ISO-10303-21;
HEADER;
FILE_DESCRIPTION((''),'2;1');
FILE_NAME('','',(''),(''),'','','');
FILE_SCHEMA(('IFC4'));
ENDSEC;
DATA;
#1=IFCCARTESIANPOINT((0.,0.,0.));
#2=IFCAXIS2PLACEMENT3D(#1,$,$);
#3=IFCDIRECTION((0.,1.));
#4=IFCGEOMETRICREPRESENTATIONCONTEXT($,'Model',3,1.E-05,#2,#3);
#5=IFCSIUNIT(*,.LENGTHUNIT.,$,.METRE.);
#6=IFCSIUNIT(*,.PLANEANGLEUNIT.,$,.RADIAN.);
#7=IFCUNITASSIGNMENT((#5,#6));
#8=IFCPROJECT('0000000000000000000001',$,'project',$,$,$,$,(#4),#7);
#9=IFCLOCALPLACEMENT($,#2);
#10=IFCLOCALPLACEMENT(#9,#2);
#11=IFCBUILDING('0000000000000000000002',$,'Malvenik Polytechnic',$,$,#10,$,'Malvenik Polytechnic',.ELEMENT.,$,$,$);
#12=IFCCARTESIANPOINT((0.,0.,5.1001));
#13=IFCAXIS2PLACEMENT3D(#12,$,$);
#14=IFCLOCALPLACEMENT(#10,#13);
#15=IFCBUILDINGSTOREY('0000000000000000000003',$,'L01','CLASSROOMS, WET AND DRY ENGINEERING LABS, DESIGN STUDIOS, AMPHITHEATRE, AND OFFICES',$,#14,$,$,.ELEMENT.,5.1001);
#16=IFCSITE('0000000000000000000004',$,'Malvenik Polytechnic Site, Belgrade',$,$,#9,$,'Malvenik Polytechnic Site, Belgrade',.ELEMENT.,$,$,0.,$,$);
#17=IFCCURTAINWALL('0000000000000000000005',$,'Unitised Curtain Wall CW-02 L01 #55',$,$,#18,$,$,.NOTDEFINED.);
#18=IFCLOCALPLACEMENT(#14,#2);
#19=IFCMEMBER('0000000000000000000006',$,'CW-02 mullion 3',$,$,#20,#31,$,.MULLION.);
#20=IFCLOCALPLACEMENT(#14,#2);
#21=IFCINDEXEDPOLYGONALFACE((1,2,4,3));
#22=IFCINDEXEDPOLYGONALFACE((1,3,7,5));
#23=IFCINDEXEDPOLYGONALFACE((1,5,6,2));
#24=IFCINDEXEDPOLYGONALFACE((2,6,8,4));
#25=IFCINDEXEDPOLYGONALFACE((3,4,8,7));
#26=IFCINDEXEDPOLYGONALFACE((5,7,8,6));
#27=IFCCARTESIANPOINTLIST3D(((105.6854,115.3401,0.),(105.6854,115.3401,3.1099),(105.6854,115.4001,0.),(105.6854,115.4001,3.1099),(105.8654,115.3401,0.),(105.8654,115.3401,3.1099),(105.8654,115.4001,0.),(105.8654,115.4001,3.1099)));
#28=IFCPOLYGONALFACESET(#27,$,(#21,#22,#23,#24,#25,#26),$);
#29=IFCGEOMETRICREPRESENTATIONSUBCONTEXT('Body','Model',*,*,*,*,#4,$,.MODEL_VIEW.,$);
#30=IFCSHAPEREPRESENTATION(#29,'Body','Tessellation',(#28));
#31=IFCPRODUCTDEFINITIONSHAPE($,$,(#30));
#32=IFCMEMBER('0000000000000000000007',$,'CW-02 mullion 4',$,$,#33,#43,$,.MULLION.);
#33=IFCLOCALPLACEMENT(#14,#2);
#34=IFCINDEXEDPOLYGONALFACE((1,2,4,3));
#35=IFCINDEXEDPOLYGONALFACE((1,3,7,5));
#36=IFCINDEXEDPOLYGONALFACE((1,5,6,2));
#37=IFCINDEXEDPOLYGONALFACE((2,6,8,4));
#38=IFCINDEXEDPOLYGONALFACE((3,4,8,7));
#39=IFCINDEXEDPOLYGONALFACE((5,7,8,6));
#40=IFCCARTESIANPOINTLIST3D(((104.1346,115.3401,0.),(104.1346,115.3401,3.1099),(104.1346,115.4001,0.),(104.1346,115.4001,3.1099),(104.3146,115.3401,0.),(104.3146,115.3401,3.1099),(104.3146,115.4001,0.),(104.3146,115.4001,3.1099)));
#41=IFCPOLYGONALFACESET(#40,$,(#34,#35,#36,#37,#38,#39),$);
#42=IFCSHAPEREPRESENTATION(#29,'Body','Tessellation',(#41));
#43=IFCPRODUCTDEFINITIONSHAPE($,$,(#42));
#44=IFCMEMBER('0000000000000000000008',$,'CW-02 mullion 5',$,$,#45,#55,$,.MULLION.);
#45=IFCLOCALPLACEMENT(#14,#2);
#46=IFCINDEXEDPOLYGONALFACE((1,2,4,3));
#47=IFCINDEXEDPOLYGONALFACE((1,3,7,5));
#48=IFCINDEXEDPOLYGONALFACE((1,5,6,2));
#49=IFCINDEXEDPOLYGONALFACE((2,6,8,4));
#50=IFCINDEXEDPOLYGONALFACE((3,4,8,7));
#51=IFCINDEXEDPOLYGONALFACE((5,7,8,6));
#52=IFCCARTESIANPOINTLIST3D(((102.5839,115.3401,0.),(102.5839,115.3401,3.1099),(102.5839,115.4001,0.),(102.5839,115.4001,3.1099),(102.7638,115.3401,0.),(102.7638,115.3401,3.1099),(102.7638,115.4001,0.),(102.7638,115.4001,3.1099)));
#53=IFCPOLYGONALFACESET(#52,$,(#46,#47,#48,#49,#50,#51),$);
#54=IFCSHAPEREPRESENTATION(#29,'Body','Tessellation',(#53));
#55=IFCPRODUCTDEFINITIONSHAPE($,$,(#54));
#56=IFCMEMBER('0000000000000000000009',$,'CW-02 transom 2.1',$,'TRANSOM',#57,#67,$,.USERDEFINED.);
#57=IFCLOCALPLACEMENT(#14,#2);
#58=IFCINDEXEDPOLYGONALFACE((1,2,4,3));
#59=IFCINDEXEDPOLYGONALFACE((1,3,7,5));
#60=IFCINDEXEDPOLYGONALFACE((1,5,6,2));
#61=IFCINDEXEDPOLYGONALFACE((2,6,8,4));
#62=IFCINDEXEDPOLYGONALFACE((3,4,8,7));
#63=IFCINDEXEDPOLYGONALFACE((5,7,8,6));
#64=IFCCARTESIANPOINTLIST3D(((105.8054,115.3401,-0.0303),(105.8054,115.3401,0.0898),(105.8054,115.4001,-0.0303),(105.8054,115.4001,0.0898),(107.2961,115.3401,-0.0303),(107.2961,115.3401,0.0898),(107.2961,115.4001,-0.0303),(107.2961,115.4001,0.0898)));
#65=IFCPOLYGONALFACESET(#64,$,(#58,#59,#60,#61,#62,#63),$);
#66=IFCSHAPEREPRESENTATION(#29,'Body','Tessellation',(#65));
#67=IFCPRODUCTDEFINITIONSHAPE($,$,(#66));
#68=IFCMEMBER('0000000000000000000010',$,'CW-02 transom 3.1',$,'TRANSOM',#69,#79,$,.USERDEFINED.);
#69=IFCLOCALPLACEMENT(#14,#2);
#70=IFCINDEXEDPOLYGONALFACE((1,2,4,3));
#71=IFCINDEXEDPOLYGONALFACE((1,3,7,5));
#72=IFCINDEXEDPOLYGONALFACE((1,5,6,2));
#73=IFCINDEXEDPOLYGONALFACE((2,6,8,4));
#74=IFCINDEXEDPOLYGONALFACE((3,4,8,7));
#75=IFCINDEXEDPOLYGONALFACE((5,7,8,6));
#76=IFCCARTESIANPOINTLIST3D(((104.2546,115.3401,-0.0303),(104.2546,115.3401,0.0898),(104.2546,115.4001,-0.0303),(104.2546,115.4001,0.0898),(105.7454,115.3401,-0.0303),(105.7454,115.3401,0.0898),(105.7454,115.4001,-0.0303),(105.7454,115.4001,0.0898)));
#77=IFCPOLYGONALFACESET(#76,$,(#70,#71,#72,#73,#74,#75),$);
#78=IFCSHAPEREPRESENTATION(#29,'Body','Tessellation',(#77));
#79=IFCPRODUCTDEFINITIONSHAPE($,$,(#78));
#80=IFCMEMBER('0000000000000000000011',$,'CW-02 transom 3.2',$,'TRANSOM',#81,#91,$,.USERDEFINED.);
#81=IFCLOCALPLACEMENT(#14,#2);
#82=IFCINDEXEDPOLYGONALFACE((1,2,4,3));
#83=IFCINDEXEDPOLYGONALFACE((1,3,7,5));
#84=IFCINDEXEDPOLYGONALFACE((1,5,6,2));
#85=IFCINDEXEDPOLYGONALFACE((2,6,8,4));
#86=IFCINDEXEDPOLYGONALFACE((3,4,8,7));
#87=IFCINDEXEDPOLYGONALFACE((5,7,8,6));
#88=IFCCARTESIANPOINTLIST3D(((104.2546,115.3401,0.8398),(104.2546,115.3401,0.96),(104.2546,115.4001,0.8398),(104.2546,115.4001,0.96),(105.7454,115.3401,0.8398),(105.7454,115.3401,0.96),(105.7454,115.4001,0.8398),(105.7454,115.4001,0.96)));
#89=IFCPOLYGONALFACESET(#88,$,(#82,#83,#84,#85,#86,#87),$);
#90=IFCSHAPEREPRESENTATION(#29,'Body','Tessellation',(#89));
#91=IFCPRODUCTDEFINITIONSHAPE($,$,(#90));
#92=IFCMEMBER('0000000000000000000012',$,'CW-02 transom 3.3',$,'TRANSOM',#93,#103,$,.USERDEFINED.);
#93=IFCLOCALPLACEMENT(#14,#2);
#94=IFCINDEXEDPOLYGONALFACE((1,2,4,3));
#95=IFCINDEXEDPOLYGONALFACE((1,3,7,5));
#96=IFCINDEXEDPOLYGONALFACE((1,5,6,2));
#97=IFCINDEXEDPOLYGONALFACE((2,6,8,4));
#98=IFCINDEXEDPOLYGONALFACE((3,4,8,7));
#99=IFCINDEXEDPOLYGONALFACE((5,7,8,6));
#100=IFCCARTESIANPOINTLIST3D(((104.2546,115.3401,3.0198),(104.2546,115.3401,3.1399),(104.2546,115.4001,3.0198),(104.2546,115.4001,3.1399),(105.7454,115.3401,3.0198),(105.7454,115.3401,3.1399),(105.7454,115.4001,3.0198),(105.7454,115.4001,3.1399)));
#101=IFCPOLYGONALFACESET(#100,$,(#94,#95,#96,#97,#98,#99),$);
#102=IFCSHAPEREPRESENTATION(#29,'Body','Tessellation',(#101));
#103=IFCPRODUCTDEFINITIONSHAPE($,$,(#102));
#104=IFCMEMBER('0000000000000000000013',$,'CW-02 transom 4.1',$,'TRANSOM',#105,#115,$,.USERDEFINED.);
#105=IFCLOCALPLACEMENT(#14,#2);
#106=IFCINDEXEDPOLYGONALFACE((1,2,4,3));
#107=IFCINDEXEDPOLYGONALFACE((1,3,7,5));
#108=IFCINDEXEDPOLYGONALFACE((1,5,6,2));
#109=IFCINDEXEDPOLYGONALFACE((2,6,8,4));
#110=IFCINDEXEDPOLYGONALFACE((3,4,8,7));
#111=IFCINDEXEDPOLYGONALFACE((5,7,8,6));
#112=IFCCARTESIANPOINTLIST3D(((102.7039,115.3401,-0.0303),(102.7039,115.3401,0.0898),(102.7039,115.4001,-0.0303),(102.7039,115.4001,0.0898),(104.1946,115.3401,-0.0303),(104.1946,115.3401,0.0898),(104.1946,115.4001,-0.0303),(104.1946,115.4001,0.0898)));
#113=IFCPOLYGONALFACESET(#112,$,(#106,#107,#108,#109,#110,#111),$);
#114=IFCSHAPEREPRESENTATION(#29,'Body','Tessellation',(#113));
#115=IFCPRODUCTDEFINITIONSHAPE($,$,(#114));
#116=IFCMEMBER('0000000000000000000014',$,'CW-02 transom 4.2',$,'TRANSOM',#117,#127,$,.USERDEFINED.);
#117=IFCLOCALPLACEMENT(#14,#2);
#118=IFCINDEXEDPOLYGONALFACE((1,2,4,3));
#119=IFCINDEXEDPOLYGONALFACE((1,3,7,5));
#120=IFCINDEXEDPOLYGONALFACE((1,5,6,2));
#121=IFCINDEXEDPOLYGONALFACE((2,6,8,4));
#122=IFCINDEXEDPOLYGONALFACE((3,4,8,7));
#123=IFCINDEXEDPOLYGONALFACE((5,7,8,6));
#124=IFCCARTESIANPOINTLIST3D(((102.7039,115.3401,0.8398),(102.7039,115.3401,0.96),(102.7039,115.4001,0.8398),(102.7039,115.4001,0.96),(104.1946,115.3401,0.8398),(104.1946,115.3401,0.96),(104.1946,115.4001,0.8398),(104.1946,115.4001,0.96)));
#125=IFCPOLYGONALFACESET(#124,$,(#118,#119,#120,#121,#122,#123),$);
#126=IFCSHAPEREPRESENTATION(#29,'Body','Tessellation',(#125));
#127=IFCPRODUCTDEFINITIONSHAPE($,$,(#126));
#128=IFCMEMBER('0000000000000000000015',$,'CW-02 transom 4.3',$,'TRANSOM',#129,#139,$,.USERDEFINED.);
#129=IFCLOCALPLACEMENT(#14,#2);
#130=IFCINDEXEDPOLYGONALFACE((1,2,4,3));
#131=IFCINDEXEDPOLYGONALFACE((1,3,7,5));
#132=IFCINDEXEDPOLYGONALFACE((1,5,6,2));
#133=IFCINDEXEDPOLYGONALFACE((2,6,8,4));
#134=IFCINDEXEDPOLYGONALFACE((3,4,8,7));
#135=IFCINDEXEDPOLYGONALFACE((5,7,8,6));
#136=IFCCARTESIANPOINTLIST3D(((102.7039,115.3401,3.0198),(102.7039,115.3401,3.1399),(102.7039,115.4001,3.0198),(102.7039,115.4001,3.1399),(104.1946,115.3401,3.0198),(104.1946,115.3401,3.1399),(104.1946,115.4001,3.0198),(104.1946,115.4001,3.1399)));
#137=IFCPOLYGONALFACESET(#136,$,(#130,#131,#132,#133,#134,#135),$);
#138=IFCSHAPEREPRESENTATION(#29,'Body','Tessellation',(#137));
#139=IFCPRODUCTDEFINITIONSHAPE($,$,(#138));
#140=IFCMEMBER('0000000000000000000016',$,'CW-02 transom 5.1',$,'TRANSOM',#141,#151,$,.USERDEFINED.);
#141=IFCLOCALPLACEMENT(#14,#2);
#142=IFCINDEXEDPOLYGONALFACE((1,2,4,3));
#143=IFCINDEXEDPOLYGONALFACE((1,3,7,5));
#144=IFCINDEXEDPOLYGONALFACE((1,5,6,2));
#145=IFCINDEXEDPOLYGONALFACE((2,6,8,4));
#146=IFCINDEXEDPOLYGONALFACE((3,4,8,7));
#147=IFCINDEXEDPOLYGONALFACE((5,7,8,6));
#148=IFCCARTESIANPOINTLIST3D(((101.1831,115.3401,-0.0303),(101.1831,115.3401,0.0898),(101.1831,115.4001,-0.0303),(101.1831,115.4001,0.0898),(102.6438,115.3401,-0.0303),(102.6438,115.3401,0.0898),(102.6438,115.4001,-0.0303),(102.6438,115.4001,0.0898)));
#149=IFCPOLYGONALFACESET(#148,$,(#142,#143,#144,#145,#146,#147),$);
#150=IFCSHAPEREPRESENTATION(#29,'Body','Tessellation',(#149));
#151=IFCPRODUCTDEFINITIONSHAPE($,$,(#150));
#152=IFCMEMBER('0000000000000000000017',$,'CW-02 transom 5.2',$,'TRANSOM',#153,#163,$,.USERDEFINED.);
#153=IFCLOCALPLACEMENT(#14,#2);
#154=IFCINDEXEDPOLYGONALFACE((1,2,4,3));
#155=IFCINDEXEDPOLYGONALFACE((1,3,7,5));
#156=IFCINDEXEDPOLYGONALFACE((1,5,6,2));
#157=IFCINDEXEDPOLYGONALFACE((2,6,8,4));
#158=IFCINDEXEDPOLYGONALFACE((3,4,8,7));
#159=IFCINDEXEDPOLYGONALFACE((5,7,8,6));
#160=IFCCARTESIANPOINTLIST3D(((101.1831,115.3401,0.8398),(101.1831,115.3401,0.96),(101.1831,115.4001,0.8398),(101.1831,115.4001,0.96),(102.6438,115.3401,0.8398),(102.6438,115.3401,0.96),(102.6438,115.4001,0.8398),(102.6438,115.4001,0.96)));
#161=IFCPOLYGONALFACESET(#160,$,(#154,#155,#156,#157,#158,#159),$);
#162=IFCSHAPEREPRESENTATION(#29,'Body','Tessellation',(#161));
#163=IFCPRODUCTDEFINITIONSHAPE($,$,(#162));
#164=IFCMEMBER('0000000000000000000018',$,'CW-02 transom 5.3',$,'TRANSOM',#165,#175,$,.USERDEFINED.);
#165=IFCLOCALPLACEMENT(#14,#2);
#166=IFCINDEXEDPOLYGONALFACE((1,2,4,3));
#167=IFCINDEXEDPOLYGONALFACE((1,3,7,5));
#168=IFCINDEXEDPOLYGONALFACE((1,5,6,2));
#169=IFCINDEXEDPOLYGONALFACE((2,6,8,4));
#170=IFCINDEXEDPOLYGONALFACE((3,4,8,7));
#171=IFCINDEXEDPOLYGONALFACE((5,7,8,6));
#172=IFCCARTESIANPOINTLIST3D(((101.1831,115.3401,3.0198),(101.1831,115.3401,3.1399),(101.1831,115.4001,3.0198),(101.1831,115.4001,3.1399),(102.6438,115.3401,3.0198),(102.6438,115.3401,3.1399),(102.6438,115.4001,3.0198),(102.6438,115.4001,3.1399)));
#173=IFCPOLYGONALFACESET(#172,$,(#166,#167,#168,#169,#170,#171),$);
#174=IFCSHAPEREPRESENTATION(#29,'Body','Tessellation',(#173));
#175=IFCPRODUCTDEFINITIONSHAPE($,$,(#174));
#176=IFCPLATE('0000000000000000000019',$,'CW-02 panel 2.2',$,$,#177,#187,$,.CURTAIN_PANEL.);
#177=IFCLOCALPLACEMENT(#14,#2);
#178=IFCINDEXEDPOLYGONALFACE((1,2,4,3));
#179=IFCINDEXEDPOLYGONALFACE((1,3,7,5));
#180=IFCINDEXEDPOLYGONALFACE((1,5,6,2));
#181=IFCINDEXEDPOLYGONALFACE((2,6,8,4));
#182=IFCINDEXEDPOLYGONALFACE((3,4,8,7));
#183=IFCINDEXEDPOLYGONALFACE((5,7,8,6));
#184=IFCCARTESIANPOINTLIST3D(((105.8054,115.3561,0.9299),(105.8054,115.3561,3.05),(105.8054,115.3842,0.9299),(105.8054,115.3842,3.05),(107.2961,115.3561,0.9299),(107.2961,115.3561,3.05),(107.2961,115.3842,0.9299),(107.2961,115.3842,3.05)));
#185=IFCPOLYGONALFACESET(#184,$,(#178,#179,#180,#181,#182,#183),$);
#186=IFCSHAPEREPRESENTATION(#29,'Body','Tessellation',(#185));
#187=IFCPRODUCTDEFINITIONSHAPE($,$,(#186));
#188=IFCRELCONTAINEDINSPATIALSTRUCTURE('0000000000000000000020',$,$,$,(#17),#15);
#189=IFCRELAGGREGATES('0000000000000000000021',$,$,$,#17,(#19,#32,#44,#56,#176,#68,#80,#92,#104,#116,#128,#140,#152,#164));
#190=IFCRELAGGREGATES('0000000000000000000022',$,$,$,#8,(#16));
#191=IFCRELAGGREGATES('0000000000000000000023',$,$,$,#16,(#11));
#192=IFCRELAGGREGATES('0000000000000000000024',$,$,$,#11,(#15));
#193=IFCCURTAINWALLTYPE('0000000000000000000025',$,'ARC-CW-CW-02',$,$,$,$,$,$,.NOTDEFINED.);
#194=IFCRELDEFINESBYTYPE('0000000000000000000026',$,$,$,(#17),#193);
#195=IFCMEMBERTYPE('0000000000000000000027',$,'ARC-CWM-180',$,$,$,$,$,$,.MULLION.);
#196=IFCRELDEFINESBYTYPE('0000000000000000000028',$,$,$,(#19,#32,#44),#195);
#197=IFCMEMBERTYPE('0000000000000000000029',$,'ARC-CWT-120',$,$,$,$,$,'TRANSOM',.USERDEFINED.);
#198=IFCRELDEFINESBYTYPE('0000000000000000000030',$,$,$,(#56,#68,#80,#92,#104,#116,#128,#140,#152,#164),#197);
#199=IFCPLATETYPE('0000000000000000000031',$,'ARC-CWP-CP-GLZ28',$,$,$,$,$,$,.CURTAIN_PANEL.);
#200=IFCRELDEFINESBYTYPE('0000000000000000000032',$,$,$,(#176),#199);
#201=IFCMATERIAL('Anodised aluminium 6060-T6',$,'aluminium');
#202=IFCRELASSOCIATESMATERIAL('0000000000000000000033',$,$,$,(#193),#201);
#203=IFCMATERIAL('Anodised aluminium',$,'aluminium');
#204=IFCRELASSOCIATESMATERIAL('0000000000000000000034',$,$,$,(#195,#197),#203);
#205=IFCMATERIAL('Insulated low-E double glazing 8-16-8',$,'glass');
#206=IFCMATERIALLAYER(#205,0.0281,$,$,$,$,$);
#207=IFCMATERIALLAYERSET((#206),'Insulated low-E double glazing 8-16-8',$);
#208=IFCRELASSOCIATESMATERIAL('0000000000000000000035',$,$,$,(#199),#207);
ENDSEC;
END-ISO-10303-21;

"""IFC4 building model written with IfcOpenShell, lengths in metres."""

from ifc_helpers import new_model, si_unit, direction, frame, origin, origin_2d, place, context, subcontext, project, spatial, rectangle, extrude, material, layer, layer_set, material_profile, profile_set, type_object, element, aggregate, save


model = new_model("IFC4")

# Units and contexts
model_context = context("Model", 3, precision=1e-05, world=origin(), true_north=direction((0.0, 1.0)))
body_context = subcontext(model_context, "Body", "Model", "MODEL_VIEW")
ifc_project = project(units=[si_unit("LENGTHUNIT", "METRE"), si_unit("PLANEANGLEUNIT", "RADIAN")], contexts=[model_context])

# Site, building, storey
site_placement = place(None, origin())
site = spatial("IfcSite", under=ifc_project, at=site_placement, Name="Malvenik Polytechnic Site, Belgrade", LongName="Malvenik Polytechnic Site, Belgrade", CompositionType="ELEMENT", RefElevation=0.0)
building_placement = place(site_placement, origin())
building = spatial("IfcBuilding", under=site, at=building_placement, Name="Malvenik Polytechnic", LongName="Malvenik Polytechnic", CompositionType="ELEMENT")
storey_placement = place(building_placement, frame((0.0, 0.0, 5.1001)))
storey = spatial("IfcBuildingStorey", under=building, at=storey_placement, Name="L01", Description="CLASSROOMS, WET AND DRY ENGINEERING LABS, DESIGN STUDIOS, AMPHITHEATRE, AND OFFICES", CompositionType="ELEMENT", Elevation=5.1001)

# Curtain wall, members, plate
ifc_material_1 = material(Name="Anodised aluminium 6060-T6", Category="aluminium")
curtain_wall_type = type_object("IfcCurtainWallType", Name="ARC-CW-CW-02", PredefinedType="NOTDEFINED", material=ifc_material_1)
curtain_wall_placement = place(storey_placement, origin())
curtain_wall = element("IfcCurtainWall", 1, at=curtain_wall_placement, inside=storey, type_object=curtain_wall_type, Name="Unitised Curtain Wall CW-02 L01 #55", PredefinedType="NOTDEFINED")
ifc_material_2 = material(Name="Anodised aluminium", Category="aluminium")
ifc_material_profile_1 = material_profile(ifc_material_2, rectangle(XDim=0.0601, YDim=0.1799, at=origin_2d()), Name="ALU MULLION 60x180")
ifc_profile_set_1 = profile_set([ifc_material_profile_1], Name="Anodised aluminium")
member_type_1 = type_object("IfcMemberType", Name="ARC-CWM-180", PredefinedType="MULLION", material=ifc_profile_set_1)
member_1_placement = place(storey_placement, frame((105.7754, 115.3701, 0.0), z_axis=(0.0, 0.0, 1.0), x_axis=(0.0, -1.0, 0.0)))
member_1 = element("IfcMember", 2, at=member_1_placement, type_object=member_type_1, Name="CW-02 mullion 3", PredefinedType="MULLION", context=body_context, shape_type="SweptSolid", body=[
    extrude(rectangle(XDim=0.0601, YDim=0.1799, at=origin_2d()), origin(), (0.0, 0.0, 1.0), 3.1099),
])
member_2_placement = place(storey_placement, frame((104.2246, 115.3701, 0.0), z_axis=(0.0, 0.0, 1.0), x_axis=(0.0, -1.0, 0.0)))
member_2 = element("IfcMember", 3, at=member_2_placement, type_object=member_type_1, Name="CW-02 mullion 4", PredefinedType="MULLION", context=body_context, shape_type="SweptSolid", body=[
    extrude(rectangle(XDim=0.0601, YDim=0.1799, at=origin_2d()), origin(), (0.0, 0.0, 1.0), 3.1099),
])
member_3_placement = place(storey_placement, frame((102.6738, 115.3701, 0.0), z_axis=(0.0, 0.0, 1.0), x_axis=(0.0, -1.0, 0.0)))
member_3 = element("IfcMember", 4, at=member_3_placement, type_object=member_type_1, Name="CW-02 mullion 5", PredefinedType="MULLION", context=body_context, shape_type="SweptSolid", body=[
    extrude(rectangle(XDim=0.0601, YDim=0.1799, at=origin_2d()), origin(), (0.0, 0.0, 1.0), 3.1099),
])
ifc_material_profile_2 = material_profile(ifc_material_2, rectangle(XDim=0.0601, YDim=0.1201, at=origin_2d()), Name="ALU TRANSOM 60x120")
ifc_profile_set_2 = profile_set([ifc_material_profile_2], Name="Anodised aluminium")
member_type_2 = type_object("IfcMemberType", Name="ARC-CWT-120", ElementType="TRANSOM", PredefinedType="USERDEFINED", material=ifc_profile_set_2)
member_4_placement = place(storey_placement, frame((107.2961, 115.3701, 0.0298), z_axis=(-1.0, 0.0, 0.0), x_axis=(0.0, -1.0, 0.0)))
member_4 = element("IfcMember", 5, at=member_4_placement, type_object=member_type_2, Name="CW-02 transom 2.1", ObjectType="TRANSOM", PredefinedType="USERDEFINED", context=body_context, shape_type="SweptSolid", body=[
    extrude(rectangle(XDim=0.0601, YDim=0.1201, at=origin_2d()), origin(), (0.0, 0.0, 1.0), 1.4907),
])
member_5_placement = place(storey_placement, frame((105.7454, 115.3701, 0.0298), z_axis=(-1.0, 0.0, 0.0), x_axis=(0.0, -1.0, 0.0)))
member_5 = element("IfcMember", 6, at=member_5_placement, type_object=member_type_2, Name="CW-02 transom 3.1", ObjectType="TRANSOM", PredefinedType="USERDEFINED", context=body_context, shape_type="SweptSolid", body=[
    extrude(rectangle(XDim=0.0601, YDim=0.1201, at=origin_2d()), origin(), (0.0, 0.0, 1.0), 1.4907),
])
member_6_placement = place(storey_placement, frame((105.7454, 115.3701, 0.8999), z_axis=(-1.0, 0.0, 0.0), x_axis=(0.0, -1.0, 0.0)))
member_6 = element("IfcMember", 7, at=member_6_placement, type_object=member_type_2, Name="CW-02 transom 3.2", ObjectType="TRANSOM", PredefinedType="USERDEFINED", context=body_context, shape_type="SweptSolid", body=[
    extrude(rectangle(XDim=0.0601, YDim=0.1201, at=origin_2d()), origin(), (0.0, 0.0, 1.0), 1.4907),
])
member_7_placement = place(storey_placement, frame((105.7454, 115.3701, 3.0798), z_axis=(-1.0, 0.0, 0.0), x_axis=(0.0, -1.0, 0.0)))
member_7 = element("IfcMember", 8, at=member_7_placement, type_object=member_type_2, Name="CW-02 transom 3.3", ObjectType="TRANSOM", PredefinedType="USERDEFINED", context=body_context, shape_type="SweptSolid", body=[
    extrude(rectangle(XDim=0.0601, YDim=0.1201, at=origin_2d()), origin(), (0.0, 0.0, 1.0), 1.4907),
])
member_8_placement = place(storey_placement, frame((104.1946, 115.3701, 0.0298), z_axis=(-1.0, 0.0, 0.0), x_axis=(0.0, -1.0, 0.0)))
member_8 = element("IfcMember", 9, at=member_8_placement, type_object=member_type_2, Name="CW-02 transom 4.1", ObjectType="TRANSOM", PredefinedType="USERDEFINED", context=body_context, shape_type="SweptSolid", body=[
    extrude(rectangle(XDim=0.0601, YDim=0.1201, at=origin_2d()), origin(), (0.0, 0.0, 1.0), 1.4907),
])
member_9_placement = place(storey_placement, frame((104.1946, 115.3701, 0.8999), z_axis=(-1.0, 0.0, 0.0), x_axis=(0.0, -1.0, 0.0)))
member_9 = element("IfcMember", 10, at=member_9_placement, type_object=member_type_2, Name="CW-02 transom 4.2", ObjectType="TRANSOM", PredefinedType="USERDEFINED", context=body_context, shape_type="SweptSolid", body=[
    extrude(rectangle(XDim=0.0601, YDim=0.1201, at=origin_2d()), origin(), (0.0, 0.0, 1.0), 1.4907),
])
member_10_placement = place(storey_placement, frame((104.1946, 115.3701, 3.0798), z_axis=(-1.0, 0.0, 0.0), x_axis=(0.0, -1.0, 0.0)))
member_10 = element("IfcMember", 11, at=member_10_placement, type_object=member_type_2, Name="CW-02 transom 4.3", ObjectType="TRANSOM", PredefinedType="USERDEFINED", context=body_context, shape_type="SweptSolid", body=[
    extrude(rectangle(XDim=0.0601, YDim=0.1201, at=origin_2d()), origin(), (0.0, 0.0, 1.0), 1.4907),
])
member_11_placement = place(storey_placement, frame((102.6438, 115.3701, 0.0298), z_axis=(-1.0, 0.0, 0.0), x_axis=(0.0, -1.0, 0.0)))
member_11 = element("IfcMember", 12, at=member_11_placement, type_object=member_type_2, Name="CW-02 transom 5.1", ObjectType="TRANSOM", PredefinedType="USERDEFINED", context=body_context, shape_type="SweptSolid", body=[
    extrude(rectangle(XDim=0.0601, YDim=0.1201, at=origin_2d()), origin(), (0.0, 0.0, 1.0), 1.4607),
])
member_12_placement = place(storey_placement, frame((102.6438, 115.3701, 0.8999), z_axis=(-1.0, 0.0, 0.0), x_axis=(0.0, -1.0, 0.0)))
member_12 = element("IfcMember", 13, at=member_12_placement, type_object=member_type_2, Name="CW-02 transom 5.2", ObjectType="TRANSOM", PredefinedType="USERDEFINED", context=body_context, shape_type="SweptSolid", body=[
    extrude(rectangle(XDim=0.0601, YDim=0.1201, at=origin_2d()), origin(), (0.0, 0.0, 1.0), 1.4607),
])
member_13_placement = place(storey_placement, frame((102.6438, 115.3701, 3.0798), z_axis=(-1.0, 0.0, 0.0), x_axis=(0.0, -1.0, 0.0)))
member_13 = element("IfcMember", 14, at=member_13_placement, type_object=member_type_2, Name="CW-02 transom 5.3", ObjectType="TRANSOM", PredefinedType="USERDEFINED", context=body_context, shape_type="SweptSolid", body=[
    extrude(rectangle(XDim=0.0601, YDim=0.1201, at=origin_2d()), origin(), (0.0, 0.0, 1.0), 1.4607),
])
ifc_material_3 = material(Name="Insulated low-E double glazing 8-16-8", Category="glass")
ifc_layer_1 = layer(ifc_material_3, 0.0281)
ifc_layer_set_1 = layer_set([ifc_layer_1], Name="Insulated low-E double glazing 8-16-8")
plate_type_1 = type_object("IfcPlateType", Name="ARC-CWP-CP-GLZ28", PredefinedType="CURTAIN_PANEL", material=ifc_layer_set_1)
plate_1_placement = place(storey_placement, frame((106.5508, 115.3701, 0.9299), z_axis=(0.0, 0.0, 1.0), x_axis=(-1.0, 0.0, 0.0)))
plate_1 = element("IfcPlate", 15, at=plate_1_placement, type_object=plate_type_1, Name="CW-02 panel 2.2", PredefinedType="CURTAIN_PANEL", context=body_context, shape_type="SweptSolid", body=[
    extrude(rectangle(XDim=1.4907, YDim=0.0281, at=origin_2d()), origin(), (0.0, 0.0, 1.0), 2.1201),
])
aggregate(curtain_wall, [member_1, member_2, member_3, member_4, plate_1, member_5, member_6, member_7, member_8, member_9, member_10, member_11, member_12, member_13])

save(model, "model.ifc")
